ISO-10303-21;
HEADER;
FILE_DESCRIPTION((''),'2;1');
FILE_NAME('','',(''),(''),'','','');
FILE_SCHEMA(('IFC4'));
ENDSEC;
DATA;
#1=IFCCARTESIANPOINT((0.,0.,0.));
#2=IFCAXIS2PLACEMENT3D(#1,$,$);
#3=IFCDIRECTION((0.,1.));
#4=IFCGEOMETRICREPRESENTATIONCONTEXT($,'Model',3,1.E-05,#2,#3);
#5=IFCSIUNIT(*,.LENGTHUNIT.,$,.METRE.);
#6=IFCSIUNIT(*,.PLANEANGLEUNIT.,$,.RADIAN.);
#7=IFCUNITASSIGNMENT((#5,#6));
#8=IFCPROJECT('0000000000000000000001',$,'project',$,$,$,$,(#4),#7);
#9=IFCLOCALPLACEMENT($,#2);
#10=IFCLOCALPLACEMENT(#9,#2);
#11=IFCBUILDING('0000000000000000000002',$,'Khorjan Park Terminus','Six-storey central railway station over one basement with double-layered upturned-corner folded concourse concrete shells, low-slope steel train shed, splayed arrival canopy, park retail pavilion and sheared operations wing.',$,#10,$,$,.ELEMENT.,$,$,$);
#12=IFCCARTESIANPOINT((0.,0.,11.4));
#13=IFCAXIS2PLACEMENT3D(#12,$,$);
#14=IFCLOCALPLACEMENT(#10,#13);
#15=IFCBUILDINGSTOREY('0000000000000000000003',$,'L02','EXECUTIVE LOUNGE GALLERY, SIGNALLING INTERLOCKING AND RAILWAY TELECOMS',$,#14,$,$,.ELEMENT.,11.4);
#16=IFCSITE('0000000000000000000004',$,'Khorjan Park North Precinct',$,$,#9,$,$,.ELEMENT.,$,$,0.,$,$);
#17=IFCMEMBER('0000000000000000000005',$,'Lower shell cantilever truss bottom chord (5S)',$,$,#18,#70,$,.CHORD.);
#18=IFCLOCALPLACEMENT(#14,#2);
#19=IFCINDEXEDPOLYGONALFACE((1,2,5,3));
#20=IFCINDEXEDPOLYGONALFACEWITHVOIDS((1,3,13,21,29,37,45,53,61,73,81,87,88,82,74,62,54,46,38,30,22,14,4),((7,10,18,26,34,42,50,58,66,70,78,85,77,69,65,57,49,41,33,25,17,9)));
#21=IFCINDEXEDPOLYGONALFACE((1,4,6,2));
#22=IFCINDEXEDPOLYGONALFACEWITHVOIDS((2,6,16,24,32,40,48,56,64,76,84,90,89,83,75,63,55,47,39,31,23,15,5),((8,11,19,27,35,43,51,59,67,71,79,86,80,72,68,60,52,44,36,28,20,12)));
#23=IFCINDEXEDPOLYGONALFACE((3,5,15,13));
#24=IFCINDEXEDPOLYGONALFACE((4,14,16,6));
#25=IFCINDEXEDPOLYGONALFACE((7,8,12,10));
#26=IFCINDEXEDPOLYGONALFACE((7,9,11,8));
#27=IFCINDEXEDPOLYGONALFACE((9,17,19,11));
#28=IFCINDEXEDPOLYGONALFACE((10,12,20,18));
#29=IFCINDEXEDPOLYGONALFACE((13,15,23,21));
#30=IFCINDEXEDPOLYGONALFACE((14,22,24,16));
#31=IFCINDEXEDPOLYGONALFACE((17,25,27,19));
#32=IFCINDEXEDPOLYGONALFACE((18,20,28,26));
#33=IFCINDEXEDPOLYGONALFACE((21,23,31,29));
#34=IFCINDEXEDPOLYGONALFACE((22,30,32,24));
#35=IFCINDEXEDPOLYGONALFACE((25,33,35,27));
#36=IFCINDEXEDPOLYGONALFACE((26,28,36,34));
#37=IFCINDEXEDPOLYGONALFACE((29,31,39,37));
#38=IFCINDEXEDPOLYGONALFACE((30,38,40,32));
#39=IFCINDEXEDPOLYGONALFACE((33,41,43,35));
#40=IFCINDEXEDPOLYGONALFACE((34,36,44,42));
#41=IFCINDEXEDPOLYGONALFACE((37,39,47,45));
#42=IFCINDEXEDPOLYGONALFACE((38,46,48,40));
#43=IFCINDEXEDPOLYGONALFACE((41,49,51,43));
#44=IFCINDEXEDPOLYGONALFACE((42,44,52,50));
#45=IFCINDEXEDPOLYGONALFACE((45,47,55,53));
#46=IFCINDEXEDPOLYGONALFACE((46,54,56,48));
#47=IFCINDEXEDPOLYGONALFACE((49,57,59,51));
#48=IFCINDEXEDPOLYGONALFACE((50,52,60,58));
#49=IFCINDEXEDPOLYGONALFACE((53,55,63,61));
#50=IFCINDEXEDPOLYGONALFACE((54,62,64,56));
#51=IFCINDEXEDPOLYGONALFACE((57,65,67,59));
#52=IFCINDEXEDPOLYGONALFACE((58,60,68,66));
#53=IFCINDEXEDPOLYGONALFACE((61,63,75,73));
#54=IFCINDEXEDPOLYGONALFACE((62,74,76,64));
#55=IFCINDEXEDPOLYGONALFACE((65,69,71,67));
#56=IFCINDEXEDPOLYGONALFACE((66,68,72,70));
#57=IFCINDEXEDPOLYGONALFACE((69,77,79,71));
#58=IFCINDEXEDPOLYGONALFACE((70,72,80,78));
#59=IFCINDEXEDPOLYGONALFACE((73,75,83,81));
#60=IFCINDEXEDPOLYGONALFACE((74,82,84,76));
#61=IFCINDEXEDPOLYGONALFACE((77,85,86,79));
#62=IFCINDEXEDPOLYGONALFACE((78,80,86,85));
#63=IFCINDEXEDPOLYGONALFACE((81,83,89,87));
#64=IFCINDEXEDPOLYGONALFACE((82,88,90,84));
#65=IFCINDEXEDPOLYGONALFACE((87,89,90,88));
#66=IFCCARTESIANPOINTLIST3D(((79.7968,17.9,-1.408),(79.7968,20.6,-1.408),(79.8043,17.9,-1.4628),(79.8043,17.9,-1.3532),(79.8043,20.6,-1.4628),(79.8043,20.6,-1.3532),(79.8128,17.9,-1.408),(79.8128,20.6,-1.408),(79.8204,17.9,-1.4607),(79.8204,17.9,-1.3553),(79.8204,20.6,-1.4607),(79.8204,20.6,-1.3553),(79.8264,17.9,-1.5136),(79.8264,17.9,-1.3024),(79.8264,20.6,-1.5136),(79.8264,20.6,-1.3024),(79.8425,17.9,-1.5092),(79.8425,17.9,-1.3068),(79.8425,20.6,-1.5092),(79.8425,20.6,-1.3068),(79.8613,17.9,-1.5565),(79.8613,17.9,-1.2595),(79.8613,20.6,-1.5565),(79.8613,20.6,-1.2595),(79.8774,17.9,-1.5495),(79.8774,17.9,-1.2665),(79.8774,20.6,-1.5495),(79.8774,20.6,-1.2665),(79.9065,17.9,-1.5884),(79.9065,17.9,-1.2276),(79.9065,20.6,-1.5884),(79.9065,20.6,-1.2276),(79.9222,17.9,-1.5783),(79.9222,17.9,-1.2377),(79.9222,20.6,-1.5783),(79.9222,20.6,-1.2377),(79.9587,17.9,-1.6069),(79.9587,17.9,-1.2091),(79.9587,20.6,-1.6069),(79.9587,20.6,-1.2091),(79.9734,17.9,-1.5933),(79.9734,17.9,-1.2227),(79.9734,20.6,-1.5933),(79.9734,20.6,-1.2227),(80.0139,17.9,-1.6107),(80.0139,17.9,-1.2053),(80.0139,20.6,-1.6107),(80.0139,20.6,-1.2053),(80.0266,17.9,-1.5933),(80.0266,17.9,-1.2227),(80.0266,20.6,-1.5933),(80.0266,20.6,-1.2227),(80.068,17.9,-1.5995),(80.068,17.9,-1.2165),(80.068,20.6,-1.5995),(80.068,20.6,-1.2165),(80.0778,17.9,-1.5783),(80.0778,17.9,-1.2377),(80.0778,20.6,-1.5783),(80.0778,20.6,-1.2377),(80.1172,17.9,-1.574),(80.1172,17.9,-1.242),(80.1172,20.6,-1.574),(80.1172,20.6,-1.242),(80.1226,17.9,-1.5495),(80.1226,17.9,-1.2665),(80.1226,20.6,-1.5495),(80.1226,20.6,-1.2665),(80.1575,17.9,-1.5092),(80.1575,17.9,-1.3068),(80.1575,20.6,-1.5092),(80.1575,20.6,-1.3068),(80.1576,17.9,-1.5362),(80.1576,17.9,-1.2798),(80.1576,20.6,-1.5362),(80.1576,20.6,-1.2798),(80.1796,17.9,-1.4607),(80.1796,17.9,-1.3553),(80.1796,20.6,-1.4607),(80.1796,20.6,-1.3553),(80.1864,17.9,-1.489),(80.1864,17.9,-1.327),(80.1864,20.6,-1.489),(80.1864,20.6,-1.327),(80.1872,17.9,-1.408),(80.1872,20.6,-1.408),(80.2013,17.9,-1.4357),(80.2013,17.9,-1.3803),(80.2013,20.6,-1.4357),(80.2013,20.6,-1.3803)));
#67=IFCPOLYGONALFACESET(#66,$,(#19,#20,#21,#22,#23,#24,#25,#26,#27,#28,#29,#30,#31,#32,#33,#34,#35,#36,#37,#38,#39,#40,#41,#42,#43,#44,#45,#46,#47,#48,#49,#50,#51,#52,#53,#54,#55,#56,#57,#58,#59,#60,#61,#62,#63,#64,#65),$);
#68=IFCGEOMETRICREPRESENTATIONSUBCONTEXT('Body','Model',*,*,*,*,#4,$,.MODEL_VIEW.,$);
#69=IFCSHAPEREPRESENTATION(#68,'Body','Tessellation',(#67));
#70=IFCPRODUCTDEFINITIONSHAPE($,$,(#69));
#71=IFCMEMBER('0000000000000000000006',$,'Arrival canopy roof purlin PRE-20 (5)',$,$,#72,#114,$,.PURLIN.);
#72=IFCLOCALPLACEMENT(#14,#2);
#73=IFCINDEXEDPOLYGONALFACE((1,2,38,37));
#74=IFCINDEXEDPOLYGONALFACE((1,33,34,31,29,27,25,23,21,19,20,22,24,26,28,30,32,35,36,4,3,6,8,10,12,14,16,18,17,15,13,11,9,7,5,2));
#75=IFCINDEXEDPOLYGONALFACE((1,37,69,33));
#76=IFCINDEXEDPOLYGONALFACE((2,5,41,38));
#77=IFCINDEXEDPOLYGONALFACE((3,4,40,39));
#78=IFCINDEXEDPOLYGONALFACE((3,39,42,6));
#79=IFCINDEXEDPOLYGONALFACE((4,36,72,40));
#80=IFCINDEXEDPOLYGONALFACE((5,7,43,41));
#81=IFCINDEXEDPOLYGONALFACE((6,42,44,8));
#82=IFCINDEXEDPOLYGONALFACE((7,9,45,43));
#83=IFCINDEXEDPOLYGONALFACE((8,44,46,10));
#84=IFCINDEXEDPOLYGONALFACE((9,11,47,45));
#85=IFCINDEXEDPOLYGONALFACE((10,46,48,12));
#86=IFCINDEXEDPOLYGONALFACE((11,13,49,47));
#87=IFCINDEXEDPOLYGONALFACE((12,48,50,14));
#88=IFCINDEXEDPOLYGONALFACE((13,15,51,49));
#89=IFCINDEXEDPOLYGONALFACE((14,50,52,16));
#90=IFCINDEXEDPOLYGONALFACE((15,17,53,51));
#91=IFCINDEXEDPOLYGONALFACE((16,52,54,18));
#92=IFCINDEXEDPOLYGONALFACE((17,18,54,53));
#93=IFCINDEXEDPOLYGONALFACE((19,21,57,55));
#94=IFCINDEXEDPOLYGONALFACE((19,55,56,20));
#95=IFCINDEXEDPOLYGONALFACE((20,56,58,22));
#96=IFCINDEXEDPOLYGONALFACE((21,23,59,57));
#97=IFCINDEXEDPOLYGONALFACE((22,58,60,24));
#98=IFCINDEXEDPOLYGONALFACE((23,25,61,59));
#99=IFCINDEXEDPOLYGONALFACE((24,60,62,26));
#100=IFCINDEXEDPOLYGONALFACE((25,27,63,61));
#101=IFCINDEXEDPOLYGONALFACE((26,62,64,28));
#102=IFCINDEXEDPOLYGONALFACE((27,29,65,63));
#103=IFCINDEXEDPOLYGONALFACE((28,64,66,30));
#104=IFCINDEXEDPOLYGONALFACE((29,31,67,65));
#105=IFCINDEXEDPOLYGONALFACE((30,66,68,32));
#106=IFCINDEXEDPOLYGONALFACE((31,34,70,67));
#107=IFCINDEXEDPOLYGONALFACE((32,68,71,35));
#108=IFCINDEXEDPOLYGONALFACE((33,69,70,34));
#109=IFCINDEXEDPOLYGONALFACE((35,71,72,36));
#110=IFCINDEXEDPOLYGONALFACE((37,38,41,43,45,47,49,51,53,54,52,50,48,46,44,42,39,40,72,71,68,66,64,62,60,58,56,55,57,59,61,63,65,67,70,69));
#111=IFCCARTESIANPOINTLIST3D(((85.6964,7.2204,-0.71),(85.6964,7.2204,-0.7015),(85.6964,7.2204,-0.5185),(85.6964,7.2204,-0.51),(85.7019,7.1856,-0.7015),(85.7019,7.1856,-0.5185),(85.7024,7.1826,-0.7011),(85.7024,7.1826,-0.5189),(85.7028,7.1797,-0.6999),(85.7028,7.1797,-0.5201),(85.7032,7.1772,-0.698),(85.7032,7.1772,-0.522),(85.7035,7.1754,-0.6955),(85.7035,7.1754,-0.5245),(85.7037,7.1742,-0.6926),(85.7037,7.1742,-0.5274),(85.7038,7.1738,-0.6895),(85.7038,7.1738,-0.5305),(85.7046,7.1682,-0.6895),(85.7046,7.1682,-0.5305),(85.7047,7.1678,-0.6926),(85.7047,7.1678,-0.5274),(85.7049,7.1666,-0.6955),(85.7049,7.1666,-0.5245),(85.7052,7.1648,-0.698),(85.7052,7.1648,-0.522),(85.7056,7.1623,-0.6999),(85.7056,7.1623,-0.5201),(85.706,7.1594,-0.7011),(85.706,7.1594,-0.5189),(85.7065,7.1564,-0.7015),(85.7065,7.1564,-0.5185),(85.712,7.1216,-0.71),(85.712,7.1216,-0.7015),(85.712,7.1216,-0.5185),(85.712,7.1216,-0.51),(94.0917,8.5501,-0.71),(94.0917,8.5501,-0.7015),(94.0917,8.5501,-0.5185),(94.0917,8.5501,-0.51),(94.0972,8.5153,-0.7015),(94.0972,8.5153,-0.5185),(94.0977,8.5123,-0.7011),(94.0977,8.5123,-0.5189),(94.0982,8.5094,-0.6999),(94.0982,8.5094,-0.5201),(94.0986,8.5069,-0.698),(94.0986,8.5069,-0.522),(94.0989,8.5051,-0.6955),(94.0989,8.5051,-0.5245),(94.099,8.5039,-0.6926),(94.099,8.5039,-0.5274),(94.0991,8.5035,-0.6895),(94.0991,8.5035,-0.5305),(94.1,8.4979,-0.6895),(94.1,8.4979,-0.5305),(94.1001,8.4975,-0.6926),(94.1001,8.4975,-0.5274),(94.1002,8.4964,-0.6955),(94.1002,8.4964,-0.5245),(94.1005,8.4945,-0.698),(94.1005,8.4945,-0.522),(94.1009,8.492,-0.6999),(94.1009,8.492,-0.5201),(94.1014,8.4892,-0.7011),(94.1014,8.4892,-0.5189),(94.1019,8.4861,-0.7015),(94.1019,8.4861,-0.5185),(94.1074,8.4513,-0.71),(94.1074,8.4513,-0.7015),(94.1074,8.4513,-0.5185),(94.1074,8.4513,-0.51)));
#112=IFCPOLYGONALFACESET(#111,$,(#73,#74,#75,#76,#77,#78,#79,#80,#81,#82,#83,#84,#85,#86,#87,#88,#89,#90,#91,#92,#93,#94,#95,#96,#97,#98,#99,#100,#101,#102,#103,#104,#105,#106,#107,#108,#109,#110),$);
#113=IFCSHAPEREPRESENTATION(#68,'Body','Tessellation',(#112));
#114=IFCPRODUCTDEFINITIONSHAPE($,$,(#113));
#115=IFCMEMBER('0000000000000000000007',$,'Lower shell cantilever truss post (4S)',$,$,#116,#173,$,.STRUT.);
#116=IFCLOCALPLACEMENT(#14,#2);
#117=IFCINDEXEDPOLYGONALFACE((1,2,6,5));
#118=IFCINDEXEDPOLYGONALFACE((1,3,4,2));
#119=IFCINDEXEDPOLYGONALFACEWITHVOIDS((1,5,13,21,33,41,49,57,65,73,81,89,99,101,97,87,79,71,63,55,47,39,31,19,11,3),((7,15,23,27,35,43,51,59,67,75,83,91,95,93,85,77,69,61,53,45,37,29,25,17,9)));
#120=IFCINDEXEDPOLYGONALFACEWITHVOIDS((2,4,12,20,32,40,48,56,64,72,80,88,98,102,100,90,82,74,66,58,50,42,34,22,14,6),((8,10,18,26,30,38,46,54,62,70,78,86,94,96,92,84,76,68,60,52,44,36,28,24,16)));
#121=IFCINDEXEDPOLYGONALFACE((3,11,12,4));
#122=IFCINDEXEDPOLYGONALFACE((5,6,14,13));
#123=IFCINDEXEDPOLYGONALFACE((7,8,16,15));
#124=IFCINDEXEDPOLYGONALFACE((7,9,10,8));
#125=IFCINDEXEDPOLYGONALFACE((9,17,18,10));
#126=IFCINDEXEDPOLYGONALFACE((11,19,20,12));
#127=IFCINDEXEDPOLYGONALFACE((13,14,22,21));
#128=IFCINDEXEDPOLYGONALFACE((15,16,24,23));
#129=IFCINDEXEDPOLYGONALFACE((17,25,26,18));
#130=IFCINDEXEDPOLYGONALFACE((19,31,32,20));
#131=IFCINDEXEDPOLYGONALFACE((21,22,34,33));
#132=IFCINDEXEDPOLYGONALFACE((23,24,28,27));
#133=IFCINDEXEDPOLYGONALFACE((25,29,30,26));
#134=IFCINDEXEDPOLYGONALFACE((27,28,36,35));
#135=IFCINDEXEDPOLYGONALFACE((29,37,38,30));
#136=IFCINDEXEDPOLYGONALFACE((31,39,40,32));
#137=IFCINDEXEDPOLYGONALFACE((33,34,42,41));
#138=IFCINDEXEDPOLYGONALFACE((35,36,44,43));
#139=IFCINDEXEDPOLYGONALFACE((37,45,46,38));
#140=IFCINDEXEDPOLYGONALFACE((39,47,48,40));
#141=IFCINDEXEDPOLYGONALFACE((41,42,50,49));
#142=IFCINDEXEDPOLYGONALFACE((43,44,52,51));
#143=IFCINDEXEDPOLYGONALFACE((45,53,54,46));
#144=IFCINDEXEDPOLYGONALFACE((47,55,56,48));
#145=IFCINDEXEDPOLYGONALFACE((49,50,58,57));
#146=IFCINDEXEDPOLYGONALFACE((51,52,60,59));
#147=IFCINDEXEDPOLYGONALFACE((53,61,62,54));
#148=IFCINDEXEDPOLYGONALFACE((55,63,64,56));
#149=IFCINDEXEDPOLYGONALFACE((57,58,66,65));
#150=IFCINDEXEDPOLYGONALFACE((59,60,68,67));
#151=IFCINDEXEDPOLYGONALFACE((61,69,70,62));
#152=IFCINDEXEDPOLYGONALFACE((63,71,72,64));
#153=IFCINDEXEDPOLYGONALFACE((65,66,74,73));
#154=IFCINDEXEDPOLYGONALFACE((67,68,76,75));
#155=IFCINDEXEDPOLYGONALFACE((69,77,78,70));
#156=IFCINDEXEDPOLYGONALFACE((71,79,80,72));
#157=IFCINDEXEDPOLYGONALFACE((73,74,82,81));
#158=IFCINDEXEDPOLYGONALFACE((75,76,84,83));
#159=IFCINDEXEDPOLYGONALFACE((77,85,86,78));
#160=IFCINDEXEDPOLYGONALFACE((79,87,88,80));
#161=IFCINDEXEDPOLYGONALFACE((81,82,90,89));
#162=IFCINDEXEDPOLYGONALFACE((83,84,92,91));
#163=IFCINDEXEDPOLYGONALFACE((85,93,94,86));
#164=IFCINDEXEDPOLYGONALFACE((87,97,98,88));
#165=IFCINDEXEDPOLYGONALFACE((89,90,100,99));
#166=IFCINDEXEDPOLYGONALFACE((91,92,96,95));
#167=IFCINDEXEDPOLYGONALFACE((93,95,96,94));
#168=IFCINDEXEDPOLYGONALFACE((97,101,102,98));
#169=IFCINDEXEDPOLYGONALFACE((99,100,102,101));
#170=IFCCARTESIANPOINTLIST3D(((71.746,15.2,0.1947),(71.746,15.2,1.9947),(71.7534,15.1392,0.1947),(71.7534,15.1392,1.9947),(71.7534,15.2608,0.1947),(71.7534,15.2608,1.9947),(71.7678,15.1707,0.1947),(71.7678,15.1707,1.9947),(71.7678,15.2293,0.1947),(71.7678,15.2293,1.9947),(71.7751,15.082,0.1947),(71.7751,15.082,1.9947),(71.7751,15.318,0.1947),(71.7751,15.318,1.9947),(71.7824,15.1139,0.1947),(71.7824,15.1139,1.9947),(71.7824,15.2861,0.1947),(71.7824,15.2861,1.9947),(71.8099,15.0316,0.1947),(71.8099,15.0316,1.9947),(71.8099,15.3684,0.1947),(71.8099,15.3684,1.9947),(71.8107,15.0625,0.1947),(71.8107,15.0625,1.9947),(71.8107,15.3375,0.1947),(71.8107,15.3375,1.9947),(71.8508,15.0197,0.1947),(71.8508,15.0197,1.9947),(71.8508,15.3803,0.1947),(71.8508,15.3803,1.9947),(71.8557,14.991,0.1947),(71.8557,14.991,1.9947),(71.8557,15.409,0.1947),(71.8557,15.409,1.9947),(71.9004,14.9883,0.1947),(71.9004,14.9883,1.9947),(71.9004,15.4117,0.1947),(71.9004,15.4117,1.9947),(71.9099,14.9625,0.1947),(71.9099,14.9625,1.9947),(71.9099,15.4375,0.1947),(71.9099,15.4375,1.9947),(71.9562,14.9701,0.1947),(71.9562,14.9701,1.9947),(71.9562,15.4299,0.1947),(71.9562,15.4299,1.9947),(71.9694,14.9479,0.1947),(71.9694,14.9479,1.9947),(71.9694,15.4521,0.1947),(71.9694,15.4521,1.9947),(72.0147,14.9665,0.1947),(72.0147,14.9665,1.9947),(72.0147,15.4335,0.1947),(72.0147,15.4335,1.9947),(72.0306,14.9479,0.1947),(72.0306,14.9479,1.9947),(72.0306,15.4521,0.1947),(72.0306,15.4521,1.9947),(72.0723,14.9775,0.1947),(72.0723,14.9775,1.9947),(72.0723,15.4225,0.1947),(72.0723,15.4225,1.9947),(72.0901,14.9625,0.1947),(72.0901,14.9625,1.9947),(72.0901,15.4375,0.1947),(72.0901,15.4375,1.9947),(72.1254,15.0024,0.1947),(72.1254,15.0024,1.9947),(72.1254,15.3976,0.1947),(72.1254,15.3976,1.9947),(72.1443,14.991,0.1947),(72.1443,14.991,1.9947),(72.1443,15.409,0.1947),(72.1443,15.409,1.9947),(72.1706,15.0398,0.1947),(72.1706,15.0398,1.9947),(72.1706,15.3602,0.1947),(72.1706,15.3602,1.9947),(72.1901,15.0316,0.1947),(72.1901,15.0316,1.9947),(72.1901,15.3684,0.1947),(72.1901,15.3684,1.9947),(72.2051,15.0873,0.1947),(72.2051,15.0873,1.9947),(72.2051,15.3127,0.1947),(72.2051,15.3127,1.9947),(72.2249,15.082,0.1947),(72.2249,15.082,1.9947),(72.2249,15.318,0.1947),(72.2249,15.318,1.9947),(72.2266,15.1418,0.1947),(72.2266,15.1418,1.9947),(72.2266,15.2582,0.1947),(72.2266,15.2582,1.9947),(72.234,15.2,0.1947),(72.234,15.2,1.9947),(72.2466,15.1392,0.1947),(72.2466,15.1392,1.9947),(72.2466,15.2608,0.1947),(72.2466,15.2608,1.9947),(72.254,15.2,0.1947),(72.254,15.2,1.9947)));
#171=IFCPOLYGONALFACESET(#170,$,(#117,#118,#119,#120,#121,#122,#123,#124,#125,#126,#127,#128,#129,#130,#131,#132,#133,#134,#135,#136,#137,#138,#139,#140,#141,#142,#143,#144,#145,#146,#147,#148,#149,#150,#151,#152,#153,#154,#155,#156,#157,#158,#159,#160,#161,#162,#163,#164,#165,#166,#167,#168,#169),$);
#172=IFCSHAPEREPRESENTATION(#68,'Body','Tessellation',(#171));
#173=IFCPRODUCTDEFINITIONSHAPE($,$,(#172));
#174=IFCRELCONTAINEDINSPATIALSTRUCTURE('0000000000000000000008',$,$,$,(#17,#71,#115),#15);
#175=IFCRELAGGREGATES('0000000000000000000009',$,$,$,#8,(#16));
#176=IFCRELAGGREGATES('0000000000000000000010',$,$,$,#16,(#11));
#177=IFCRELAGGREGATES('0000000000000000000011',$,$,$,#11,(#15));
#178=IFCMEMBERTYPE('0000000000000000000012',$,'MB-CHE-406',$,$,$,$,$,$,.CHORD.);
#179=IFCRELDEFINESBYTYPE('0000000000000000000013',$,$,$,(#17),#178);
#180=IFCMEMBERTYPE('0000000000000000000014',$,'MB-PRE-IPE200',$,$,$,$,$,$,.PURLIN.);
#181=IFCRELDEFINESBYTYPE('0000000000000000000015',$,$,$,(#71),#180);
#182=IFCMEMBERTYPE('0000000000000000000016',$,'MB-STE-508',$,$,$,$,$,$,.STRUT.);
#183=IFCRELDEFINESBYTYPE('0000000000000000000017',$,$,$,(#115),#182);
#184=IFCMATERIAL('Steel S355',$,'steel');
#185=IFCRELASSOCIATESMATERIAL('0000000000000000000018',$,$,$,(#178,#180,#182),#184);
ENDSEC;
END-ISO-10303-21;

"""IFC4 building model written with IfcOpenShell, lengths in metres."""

from ifc_helpers import new_model, si_unit, direction, frame, origin, origin_2d, place, context, subcontext, project, spatial, hollow_circle, i_section, extrude, material, material_profile, profile_set, type_object, element, save


model = new_model("IFC4")

# Units and contexts
model_context = context("Model", 3, precision=1e-05, world=origin(), true_north=direction((0.0, 1.0)))
body_context = subcontext(model_context, "Body", "Model", "MODEL_VIEW")
ifc_project = project(units=[si_unit("LENGTHUNIT", "METRE"), si_unit("PLANEANGLEUNIT", "RADIAN")], contexts=[model_context])

# Site, building, storey
site_placement = place(None, origin())
site = spatial("IfcSite", under=ifc_project, at=site_placement, Name="Khorjan Park North Precinct", CompositionType="ELEMENT", RefElevation=0.0)
building_placement = place(site_placement, origin())
building = spatial("IfcBuilding", under=site, at=building_placement, Name="Khorjan Park Terminus", Description="Six-storey central railway station over one basement with double-layered upturned-corner folded concourse concrete shells, low-slope steel train shed, splayed arrival canopy, park retail pavilion and sheared operations wing.", CompositionType="ELEMENT")
storey_placement = place(building_placement, frame((0.0, 0.0, 11.4)))
storey = spatial("IfcBuildingStorey", under=building, at=storey_placement, Name="L02", Description="EXECUTIVE LOUNGE GALLERY, SIGNALLING INTERLOCKING AND RAILWAY TELECOMS", CompositionType="ELEMENT", Elevation=11.4)

# Members
ifc_material_1 = material(Name="Steel S355", Category="steel")
ifc_material_profile_1 = material_profile(ifc_material_1, hollow_circle(Radius=0.2032, WallThickness=0.016, at=origin_2d()), Name="CHS 406.4x16")
ifc_profile_set_1 = profile_set([ifc_material_profile_1], Name="Steel S355")
member_type_1 = type_object("IfcMemberType", Name="MB-CHE-406", PredefinedType="CHORD", material=ifc_profile_set_1)
for number, where, z_axis, x_axis, name in (
    (1, (80.0, 17.9, -1.408), (0.0, 1.0, 0.0), (-1.0, 0.0, 0.0), "Lower shell cantilever truss bottom chord (5S)"),
):
    element("IfcMember", number, at=place(storey_placement, frame(where, z_axis=z_axis, x_axis=x_axis)), inside=storey, type_object=member_type_1, Name=name, PredefinedType="CHORD", context=body_context, shape_type="SweptSolid", body=[
        extrude(hollow_circle(Radius=0.2032, WallThickness=0.016, at=origin_2d()), origin(), (0.0, 0.0, 1.0), 2.7),
    ])
ifc_material_profile_2 = material_profile(ifc_material_1, i_section(OverallWidth=0.1, OverallDepth=0.2, WebThickness=0.0056, FlangeThickness=0.0085, FilletRadius=0.012, at=origin_2d()), Name="IPE 200")
ifc_profile_set_2 = profile_set([ifc_material_profile_2], Name="Steel S355")
member_type_2 = type_object("IfcMemberType", Name="MB-PRE-IPE200", PredefinedType="PURLIN", material=ifc_profile_set_2)
member_1_placement = place(storey_placement, frame((85.7042, 7.171, -0.61), z_axis=(0.987688, 0.156436, 0.0), x_axis=(-0.156436, 0.987688, 0.0)))
element("IfcMember", 2, at=member_1_placement, inside=storey, type_object=member_type_2, Name="Arrival canopy roof purlin PRE-20 (5)", PredefinedType="PURLIN", context=body_context, shape_type="SweptSolid", body=[
    extrude(i_section(OverallWidth=0.1, OverallDepth=0.2, WebThickness=0.0056, FlangeThickness=0.0085, FilletRadius=0.012, at=origin_2d()), origin(), (0.0, 0.0, 1.0), 8.5),
])
ifc_material_profile_3 = material_profile(ifc_material_1, hollow_circle(Radius=0.254, WallThickness=0.02, at=origin_2d()), Name="CHS 508x20")
ifc_profile_set_3 = profile_set([ifc_material_profile_3], Name="Steel S355")
member_type_3 = type_object("IfcMemberType", Name="MB-STE-508", PredefinedType="STRUT", material=ifc_profile_set_3)
for number, where, z_axis, x_axis, name in (
    (3, (72.0, 15.2, 0.1947), (0.0, 0.0, 1.0), (1.0, 0.0, 0.0), "Lower shell cantilever truss post (4S)"),
):
    element("IfcMember", number, at=place(storey_placement, frame(where, z_axis=z_axis, x_axis=x_axis)), inside=storey, type_object=member_type_3, Name=name, PredefinedType="STRUT", context=body_context, shape_type="SweptSolid", body=[
        extrude(hollow_circle(Radius=0.254, WallThickness=0.02, at=origin_2d()), origin(), (0.0, 0.0, 1.0), 1.8),
    ])

save(model, "model.ifc")
